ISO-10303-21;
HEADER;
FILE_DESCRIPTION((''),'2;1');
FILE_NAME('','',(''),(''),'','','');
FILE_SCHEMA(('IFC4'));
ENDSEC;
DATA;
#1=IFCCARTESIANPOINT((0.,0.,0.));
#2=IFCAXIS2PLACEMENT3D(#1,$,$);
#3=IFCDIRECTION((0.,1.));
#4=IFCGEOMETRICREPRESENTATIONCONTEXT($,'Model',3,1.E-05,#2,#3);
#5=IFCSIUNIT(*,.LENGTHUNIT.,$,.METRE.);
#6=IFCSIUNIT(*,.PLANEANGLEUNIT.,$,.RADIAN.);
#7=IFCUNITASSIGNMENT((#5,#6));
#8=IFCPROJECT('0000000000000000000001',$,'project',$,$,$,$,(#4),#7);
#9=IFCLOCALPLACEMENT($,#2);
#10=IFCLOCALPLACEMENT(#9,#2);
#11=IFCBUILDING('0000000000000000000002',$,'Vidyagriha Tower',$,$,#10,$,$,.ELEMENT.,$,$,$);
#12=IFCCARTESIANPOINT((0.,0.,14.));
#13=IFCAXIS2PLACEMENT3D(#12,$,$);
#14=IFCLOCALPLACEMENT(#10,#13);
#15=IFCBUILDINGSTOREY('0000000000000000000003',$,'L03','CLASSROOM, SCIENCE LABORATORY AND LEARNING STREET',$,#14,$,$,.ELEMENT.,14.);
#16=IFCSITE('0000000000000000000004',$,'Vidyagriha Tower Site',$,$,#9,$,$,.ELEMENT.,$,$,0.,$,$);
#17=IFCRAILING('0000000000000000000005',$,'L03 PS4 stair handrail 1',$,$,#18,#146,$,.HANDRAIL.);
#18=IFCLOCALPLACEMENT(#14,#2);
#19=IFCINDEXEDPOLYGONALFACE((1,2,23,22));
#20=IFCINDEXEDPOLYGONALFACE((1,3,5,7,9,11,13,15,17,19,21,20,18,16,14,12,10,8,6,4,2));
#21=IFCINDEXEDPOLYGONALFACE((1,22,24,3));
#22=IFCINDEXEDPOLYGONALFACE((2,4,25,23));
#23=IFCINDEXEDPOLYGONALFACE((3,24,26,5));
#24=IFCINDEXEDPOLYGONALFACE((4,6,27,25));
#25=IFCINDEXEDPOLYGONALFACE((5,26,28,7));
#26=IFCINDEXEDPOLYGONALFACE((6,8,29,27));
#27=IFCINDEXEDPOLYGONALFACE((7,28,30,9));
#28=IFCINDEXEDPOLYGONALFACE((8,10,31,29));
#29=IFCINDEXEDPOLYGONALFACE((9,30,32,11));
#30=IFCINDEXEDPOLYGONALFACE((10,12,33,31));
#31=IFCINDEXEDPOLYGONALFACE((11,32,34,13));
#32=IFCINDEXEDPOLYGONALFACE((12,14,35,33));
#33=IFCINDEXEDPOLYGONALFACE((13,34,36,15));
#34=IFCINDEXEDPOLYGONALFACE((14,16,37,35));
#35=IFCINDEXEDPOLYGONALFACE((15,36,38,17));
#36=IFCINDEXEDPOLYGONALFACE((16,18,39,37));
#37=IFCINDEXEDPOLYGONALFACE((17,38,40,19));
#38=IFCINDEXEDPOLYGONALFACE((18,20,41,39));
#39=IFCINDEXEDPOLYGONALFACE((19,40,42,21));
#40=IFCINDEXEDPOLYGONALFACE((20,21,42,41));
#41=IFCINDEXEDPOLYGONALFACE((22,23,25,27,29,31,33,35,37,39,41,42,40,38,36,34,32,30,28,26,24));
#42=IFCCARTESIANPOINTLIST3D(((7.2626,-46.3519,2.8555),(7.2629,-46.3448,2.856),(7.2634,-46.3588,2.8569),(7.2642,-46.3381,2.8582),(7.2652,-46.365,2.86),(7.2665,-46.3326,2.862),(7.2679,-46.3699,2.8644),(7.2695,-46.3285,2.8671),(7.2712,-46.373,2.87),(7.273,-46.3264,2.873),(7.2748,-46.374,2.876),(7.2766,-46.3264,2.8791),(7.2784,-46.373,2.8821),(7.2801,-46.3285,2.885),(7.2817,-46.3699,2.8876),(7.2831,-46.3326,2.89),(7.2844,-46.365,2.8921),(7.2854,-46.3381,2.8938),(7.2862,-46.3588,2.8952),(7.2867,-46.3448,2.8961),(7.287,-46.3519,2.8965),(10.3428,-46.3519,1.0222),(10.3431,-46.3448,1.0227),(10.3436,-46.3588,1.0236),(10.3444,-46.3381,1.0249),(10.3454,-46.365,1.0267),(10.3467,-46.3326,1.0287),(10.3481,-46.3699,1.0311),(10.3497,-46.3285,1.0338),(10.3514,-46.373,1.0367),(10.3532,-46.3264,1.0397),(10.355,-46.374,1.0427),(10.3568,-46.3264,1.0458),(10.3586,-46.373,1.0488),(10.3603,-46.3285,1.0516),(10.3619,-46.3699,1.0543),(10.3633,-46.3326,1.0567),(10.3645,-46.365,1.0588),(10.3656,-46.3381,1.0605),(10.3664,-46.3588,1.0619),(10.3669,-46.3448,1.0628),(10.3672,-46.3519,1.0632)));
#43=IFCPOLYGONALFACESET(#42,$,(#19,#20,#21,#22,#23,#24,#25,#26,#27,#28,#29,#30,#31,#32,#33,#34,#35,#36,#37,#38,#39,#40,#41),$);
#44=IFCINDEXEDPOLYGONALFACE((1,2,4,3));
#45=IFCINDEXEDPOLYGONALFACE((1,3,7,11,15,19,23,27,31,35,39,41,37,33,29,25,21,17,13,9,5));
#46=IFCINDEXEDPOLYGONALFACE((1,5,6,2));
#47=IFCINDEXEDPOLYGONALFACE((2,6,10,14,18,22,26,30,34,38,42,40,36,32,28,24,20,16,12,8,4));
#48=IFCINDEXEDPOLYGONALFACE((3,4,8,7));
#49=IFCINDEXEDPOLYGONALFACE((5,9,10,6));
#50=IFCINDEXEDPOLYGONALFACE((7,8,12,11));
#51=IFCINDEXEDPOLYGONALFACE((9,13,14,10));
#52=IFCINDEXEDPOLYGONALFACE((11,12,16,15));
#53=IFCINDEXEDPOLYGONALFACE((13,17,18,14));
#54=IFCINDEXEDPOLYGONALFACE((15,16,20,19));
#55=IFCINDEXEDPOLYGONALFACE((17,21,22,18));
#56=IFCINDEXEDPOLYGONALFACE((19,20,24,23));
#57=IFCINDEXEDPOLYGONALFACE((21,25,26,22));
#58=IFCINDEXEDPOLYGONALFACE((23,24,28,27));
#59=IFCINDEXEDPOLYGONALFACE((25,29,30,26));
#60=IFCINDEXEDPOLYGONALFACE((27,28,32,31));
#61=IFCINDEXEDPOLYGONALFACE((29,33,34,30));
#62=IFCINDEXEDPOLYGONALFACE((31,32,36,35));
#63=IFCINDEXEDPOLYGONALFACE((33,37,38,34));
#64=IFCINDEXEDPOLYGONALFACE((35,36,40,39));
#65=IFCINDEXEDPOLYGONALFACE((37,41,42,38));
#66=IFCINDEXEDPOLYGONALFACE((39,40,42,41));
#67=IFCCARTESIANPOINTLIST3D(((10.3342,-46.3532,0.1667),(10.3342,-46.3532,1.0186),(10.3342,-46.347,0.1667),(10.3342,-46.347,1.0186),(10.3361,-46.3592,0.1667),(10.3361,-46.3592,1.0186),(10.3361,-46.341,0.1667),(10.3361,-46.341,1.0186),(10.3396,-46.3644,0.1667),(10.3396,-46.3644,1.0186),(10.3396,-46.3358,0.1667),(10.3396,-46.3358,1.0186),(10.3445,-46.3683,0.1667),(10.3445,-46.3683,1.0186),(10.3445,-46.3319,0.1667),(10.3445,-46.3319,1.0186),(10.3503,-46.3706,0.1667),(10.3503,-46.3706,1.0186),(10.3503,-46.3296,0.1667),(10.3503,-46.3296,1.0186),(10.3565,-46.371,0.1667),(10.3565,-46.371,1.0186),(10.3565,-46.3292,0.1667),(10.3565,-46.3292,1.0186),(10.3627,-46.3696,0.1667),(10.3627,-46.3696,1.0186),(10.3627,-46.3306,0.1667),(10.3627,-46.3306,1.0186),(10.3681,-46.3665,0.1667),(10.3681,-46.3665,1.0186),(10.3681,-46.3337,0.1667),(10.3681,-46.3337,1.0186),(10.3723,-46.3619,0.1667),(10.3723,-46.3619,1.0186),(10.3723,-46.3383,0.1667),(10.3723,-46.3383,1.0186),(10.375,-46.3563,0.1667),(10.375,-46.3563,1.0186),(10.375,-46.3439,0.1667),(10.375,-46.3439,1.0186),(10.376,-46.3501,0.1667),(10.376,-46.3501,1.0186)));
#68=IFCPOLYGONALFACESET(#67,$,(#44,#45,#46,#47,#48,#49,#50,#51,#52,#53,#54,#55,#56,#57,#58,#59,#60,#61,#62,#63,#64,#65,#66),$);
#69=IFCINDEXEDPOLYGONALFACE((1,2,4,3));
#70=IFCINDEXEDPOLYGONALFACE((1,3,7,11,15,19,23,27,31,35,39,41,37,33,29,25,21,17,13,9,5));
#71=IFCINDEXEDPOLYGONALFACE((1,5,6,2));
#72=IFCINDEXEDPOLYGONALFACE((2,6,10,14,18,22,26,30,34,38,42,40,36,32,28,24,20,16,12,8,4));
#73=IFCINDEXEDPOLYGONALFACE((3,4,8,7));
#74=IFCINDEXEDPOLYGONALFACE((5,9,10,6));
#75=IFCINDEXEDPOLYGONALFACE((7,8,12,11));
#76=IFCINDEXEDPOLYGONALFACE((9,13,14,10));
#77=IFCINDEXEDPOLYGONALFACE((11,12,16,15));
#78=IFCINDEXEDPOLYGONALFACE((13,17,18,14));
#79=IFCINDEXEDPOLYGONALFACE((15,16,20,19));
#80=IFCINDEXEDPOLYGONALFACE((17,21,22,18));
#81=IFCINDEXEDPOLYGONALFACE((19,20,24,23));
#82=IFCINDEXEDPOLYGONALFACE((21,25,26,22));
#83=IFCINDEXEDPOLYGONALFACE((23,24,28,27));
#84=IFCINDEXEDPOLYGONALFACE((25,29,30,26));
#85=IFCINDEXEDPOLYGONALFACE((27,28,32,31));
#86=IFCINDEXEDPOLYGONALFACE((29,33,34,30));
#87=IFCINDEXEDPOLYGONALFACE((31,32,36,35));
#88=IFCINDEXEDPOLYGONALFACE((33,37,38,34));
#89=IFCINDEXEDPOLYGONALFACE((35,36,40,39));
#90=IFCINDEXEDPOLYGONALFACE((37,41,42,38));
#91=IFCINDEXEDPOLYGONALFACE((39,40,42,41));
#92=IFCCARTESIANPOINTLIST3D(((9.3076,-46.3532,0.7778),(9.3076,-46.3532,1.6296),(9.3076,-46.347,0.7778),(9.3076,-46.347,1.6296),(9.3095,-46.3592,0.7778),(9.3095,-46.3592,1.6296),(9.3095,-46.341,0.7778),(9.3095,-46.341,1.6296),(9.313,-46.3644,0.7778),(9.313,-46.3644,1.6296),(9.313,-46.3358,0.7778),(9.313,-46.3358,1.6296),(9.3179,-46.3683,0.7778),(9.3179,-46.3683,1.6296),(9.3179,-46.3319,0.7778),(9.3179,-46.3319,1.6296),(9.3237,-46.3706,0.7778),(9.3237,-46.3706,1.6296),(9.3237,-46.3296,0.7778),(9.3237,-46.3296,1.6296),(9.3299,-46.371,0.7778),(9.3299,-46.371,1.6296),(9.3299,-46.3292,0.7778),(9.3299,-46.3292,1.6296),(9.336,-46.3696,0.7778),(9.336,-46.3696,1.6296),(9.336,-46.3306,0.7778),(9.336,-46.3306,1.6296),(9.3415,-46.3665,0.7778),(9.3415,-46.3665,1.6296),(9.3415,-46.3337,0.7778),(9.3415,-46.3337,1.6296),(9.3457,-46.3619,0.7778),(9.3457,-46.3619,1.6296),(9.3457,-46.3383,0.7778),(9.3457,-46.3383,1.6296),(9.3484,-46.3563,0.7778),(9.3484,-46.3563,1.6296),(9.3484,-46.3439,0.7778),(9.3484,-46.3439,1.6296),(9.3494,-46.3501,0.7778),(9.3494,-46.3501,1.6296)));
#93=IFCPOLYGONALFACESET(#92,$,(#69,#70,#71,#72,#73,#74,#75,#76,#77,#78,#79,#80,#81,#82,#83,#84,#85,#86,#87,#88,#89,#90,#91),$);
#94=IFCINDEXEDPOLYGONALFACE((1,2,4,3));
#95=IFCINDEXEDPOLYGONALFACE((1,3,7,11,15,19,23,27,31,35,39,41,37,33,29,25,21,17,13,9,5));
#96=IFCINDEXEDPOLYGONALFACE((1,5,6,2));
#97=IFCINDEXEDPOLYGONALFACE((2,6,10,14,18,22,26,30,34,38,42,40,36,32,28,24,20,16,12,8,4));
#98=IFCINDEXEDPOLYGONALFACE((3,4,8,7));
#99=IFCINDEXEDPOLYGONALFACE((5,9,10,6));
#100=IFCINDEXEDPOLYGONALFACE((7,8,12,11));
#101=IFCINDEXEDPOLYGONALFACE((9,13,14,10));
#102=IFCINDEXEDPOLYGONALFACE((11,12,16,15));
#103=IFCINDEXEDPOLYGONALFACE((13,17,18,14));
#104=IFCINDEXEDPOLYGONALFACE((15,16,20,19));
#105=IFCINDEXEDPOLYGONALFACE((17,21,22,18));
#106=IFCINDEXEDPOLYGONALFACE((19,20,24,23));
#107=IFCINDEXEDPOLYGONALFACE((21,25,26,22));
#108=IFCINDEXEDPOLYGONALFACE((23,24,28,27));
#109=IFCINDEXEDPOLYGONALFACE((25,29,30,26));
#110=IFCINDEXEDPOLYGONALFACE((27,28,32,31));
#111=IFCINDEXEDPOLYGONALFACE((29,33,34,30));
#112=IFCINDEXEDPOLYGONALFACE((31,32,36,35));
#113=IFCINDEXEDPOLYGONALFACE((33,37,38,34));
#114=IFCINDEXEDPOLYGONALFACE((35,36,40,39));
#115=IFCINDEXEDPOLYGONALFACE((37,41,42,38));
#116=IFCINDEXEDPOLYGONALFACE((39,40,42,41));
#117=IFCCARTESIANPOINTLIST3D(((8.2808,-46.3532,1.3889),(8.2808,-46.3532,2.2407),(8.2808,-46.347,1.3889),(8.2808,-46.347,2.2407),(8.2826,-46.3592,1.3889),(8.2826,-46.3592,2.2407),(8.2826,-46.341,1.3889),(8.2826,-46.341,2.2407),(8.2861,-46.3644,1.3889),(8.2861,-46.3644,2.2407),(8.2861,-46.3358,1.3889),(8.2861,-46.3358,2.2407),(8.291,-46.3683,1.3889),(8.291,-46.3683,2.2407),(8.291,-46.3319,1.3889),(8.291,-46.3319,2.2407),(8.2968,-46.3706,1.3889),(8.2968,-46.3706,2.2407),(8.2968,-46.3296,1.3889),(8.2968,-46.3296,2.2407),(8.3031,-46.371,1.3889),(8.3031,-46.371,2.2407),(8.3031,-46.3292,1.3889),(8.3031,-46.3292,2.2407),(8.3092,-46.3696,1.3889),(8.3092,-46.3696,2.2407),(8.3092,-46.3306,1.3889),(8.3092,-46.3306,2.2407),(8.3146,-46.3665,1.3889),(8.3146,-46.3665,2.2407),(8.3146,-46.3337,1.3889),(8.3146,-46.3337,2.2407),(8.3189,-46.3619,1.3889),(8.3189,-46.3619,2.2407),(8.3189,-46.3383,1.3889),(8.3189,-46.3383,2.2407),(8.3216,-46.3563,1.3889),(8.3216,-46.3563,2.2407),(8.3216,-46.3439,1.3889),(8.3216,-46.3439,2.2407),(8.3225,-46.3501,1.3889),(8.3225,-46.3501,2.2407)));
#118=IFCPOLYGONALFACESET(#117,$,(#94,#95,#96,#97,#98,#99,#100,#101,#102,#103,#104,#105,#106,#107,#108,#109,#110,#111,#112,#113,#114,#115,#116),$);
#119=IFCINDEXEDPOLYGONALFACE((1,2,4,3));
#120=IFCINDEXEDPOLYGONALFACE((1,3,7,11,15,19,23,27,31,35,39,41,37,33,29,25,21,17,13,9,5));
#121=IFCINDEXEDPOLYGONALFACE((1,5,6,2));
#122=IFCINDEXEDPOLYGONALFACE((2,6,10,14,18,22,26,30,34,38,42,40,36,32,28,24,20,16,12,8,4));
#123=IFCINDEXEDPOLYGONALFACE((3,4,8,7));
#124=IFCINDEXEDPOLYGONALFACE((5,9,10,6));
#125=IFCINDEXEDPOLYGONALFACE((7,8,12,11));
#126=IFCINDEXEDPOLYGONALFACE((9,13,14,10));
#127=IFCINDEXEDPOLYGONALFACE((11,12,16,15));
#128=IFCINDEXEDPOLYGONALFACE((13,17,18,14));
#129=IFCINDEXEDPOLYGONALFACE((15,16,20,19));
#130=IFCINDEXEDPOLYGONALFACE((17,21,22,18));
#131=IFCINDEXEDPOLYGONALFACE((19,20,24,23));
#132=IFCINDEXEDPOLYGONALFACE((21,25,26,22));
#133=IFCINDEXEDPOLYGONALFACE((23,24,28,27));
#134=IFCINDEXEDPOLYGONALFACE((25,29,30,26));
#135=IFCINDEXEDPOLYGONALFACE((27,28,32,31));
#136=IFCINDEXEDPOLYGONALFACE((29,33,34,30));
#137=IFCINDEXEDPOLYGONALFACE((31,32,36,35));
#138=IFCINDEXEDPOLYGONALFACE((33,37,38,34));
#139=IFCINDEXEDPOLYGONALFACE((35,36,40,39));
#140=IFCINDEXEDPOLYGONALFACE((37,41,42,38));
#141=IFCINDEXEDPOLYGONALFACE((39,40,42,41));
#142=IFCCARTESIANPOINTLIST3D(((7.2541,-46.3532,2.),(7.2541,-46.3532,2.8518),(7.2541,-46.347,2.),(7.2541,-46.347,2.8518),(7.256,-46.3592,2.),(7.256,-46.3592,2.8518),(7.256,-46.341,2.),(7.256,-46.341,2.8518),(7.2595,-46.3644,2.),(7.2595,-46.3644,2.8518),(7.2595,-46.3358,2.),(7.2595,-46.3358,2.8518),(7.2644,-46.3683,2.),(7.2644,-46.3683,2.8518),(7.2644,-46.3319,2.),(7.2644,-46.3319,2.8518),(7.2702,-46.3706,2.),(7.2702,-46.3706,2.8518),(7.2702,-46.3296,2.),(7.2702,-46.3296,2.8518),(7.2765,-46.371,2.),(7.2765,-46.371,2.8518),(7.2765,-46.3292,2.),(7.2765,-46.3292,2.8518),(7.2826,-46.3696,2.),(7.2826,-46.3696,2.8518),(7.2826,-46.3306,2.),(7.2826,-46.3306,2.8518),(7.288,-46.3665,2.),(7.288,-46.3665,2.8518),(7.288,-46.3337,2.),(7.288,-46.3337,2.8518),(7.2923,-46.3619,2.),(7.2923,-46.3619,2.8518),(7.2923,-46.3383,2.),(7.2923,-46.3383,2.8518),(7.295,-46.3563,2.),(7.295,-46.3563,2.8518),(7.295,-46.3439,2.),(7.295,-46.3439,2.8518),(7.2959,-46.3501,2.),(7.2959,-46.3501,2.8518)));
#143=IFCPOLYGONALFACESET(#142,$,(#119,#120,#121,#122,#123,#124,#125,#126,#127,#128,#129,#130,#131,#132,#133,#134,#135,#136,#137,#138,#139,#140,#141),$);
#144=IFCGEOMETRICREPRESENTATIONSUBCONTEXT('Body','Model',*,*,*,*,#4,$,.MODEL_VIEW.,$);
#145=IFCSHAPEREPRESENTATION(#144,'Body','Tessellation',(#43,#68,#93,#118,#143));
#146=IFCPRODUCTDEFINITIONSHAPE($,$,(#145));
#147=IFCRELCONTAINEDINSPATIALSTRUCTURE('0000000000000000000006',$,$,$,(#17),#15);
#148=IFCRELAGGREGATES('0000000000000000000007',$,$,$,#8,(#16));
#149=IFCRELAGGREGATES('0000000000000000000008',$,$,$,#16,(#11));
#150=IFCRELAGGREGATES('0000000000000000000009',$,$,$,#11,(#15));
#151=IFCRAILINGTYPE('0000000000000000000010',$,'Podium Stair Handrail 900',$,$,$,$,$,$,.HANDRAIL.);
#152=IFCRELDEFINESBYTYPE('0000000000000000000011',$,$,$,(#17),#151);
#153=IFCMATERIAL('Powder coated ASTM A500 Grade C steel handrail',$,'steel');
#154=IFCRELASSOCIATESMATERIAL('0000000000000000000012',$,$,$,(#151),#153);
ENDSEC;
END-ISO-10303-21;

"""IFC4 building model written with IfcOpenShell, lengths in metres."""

from ifc_helpers import new_model, si_unit, direction, frame, origin, origin_2d, place, context, subcontext, project, spatial, circle, extrude, material, type_object, element, save


model = new_model("IFC4")

# Units and contexts
model_context = context("Model", 3, precision=1e-05, world=origin(), true_north=direction((0.0, 1.0)))
body_context = subcontext(model_context, "Body", "Model", "MODEL_VIEW")
ifc_project = project(units=[si_unit("LENGTHUNIT", "METRE"), si_unit("PLANEANGLEUNIT", "RADIAN")], contexts=[model_context])

# Site, building, storey
site_placement = place(None, origin())
site = spatial("IfcSite", under=ifc_project, at=site_placement, Name="Vidyagriha Tower Site", CompositionType="ELEMENT", RefElevation=0.0)
building_placement = place(site_placement, origin())
building = spatial("IfcBuilding", under=site, at=building_placement, Name="Vidyagriha Tower", CompositionType="ELEMENT")
storey_placement = place(building_placement, frame((0.0, 0.0, 14.0)))
storey = spatial("IfcBuildingStorey", under=building, at=storey_placement, Name="L03", Description="CLASSROOM, SCIENCE LABORATORY AND LEARNING STREET", CompositionType="ELEMENT", Elevation=14.0)

# Railing
ifc_material_1 = material(Name="Powder coated ASTM A500 Grade C steel handrail", Category="steel")
railing_type_1 = type_object("IfcRailingType", Name="Podium Stair Handrail 900", PredefinedType="HANDRAIL", material=ifc_material_1)
railing_1_placement = place(storey_placement, frame((10.355, -46.3501, 0.1667)))
element("IfcRailing", 1, at=railing_1_placement, inside=storey, type_object=railing_type_1, Name="L03 PS4 stair handrail 1", PredefinedType="HANDRAIL", context=body_context, shape_type="SweptSolid", body=[
    extrude(circle(Radius=0.0239, at=origin_2d()), frame((0.0, 0.0, 0.876), z_axis=(-0.859309, 0.0, 0.511458), x_axis=(0.0, -1.0, 0.0)), (0.0, 0.0, 1.0), 3.5845),
    extrude(circle(Radius=0.021, at=origin_2d()), origin(), (0.0, 0.0, 1.0), 0.8518),
    extrude(circle(Radius=0.021, at=origin_2d()), frame((-1.0266, 0.0, 0.6111)), (0.0, 0.0, 1.0), 0.8518),
    extrude(circle(Radius=0.021, at=origin_2d()), frame((-2.0535, 0.0, 1.2222)), (0.0, 0.0, 1.0), 0.8518),
    extrude(circle(Radius=0.021, at=origin_2d()), frame((-3.0801, 0.0, 1.8333)), (0.0, 0.0, 1.0), 0.8518),
])

save(model, "model.ifc")
